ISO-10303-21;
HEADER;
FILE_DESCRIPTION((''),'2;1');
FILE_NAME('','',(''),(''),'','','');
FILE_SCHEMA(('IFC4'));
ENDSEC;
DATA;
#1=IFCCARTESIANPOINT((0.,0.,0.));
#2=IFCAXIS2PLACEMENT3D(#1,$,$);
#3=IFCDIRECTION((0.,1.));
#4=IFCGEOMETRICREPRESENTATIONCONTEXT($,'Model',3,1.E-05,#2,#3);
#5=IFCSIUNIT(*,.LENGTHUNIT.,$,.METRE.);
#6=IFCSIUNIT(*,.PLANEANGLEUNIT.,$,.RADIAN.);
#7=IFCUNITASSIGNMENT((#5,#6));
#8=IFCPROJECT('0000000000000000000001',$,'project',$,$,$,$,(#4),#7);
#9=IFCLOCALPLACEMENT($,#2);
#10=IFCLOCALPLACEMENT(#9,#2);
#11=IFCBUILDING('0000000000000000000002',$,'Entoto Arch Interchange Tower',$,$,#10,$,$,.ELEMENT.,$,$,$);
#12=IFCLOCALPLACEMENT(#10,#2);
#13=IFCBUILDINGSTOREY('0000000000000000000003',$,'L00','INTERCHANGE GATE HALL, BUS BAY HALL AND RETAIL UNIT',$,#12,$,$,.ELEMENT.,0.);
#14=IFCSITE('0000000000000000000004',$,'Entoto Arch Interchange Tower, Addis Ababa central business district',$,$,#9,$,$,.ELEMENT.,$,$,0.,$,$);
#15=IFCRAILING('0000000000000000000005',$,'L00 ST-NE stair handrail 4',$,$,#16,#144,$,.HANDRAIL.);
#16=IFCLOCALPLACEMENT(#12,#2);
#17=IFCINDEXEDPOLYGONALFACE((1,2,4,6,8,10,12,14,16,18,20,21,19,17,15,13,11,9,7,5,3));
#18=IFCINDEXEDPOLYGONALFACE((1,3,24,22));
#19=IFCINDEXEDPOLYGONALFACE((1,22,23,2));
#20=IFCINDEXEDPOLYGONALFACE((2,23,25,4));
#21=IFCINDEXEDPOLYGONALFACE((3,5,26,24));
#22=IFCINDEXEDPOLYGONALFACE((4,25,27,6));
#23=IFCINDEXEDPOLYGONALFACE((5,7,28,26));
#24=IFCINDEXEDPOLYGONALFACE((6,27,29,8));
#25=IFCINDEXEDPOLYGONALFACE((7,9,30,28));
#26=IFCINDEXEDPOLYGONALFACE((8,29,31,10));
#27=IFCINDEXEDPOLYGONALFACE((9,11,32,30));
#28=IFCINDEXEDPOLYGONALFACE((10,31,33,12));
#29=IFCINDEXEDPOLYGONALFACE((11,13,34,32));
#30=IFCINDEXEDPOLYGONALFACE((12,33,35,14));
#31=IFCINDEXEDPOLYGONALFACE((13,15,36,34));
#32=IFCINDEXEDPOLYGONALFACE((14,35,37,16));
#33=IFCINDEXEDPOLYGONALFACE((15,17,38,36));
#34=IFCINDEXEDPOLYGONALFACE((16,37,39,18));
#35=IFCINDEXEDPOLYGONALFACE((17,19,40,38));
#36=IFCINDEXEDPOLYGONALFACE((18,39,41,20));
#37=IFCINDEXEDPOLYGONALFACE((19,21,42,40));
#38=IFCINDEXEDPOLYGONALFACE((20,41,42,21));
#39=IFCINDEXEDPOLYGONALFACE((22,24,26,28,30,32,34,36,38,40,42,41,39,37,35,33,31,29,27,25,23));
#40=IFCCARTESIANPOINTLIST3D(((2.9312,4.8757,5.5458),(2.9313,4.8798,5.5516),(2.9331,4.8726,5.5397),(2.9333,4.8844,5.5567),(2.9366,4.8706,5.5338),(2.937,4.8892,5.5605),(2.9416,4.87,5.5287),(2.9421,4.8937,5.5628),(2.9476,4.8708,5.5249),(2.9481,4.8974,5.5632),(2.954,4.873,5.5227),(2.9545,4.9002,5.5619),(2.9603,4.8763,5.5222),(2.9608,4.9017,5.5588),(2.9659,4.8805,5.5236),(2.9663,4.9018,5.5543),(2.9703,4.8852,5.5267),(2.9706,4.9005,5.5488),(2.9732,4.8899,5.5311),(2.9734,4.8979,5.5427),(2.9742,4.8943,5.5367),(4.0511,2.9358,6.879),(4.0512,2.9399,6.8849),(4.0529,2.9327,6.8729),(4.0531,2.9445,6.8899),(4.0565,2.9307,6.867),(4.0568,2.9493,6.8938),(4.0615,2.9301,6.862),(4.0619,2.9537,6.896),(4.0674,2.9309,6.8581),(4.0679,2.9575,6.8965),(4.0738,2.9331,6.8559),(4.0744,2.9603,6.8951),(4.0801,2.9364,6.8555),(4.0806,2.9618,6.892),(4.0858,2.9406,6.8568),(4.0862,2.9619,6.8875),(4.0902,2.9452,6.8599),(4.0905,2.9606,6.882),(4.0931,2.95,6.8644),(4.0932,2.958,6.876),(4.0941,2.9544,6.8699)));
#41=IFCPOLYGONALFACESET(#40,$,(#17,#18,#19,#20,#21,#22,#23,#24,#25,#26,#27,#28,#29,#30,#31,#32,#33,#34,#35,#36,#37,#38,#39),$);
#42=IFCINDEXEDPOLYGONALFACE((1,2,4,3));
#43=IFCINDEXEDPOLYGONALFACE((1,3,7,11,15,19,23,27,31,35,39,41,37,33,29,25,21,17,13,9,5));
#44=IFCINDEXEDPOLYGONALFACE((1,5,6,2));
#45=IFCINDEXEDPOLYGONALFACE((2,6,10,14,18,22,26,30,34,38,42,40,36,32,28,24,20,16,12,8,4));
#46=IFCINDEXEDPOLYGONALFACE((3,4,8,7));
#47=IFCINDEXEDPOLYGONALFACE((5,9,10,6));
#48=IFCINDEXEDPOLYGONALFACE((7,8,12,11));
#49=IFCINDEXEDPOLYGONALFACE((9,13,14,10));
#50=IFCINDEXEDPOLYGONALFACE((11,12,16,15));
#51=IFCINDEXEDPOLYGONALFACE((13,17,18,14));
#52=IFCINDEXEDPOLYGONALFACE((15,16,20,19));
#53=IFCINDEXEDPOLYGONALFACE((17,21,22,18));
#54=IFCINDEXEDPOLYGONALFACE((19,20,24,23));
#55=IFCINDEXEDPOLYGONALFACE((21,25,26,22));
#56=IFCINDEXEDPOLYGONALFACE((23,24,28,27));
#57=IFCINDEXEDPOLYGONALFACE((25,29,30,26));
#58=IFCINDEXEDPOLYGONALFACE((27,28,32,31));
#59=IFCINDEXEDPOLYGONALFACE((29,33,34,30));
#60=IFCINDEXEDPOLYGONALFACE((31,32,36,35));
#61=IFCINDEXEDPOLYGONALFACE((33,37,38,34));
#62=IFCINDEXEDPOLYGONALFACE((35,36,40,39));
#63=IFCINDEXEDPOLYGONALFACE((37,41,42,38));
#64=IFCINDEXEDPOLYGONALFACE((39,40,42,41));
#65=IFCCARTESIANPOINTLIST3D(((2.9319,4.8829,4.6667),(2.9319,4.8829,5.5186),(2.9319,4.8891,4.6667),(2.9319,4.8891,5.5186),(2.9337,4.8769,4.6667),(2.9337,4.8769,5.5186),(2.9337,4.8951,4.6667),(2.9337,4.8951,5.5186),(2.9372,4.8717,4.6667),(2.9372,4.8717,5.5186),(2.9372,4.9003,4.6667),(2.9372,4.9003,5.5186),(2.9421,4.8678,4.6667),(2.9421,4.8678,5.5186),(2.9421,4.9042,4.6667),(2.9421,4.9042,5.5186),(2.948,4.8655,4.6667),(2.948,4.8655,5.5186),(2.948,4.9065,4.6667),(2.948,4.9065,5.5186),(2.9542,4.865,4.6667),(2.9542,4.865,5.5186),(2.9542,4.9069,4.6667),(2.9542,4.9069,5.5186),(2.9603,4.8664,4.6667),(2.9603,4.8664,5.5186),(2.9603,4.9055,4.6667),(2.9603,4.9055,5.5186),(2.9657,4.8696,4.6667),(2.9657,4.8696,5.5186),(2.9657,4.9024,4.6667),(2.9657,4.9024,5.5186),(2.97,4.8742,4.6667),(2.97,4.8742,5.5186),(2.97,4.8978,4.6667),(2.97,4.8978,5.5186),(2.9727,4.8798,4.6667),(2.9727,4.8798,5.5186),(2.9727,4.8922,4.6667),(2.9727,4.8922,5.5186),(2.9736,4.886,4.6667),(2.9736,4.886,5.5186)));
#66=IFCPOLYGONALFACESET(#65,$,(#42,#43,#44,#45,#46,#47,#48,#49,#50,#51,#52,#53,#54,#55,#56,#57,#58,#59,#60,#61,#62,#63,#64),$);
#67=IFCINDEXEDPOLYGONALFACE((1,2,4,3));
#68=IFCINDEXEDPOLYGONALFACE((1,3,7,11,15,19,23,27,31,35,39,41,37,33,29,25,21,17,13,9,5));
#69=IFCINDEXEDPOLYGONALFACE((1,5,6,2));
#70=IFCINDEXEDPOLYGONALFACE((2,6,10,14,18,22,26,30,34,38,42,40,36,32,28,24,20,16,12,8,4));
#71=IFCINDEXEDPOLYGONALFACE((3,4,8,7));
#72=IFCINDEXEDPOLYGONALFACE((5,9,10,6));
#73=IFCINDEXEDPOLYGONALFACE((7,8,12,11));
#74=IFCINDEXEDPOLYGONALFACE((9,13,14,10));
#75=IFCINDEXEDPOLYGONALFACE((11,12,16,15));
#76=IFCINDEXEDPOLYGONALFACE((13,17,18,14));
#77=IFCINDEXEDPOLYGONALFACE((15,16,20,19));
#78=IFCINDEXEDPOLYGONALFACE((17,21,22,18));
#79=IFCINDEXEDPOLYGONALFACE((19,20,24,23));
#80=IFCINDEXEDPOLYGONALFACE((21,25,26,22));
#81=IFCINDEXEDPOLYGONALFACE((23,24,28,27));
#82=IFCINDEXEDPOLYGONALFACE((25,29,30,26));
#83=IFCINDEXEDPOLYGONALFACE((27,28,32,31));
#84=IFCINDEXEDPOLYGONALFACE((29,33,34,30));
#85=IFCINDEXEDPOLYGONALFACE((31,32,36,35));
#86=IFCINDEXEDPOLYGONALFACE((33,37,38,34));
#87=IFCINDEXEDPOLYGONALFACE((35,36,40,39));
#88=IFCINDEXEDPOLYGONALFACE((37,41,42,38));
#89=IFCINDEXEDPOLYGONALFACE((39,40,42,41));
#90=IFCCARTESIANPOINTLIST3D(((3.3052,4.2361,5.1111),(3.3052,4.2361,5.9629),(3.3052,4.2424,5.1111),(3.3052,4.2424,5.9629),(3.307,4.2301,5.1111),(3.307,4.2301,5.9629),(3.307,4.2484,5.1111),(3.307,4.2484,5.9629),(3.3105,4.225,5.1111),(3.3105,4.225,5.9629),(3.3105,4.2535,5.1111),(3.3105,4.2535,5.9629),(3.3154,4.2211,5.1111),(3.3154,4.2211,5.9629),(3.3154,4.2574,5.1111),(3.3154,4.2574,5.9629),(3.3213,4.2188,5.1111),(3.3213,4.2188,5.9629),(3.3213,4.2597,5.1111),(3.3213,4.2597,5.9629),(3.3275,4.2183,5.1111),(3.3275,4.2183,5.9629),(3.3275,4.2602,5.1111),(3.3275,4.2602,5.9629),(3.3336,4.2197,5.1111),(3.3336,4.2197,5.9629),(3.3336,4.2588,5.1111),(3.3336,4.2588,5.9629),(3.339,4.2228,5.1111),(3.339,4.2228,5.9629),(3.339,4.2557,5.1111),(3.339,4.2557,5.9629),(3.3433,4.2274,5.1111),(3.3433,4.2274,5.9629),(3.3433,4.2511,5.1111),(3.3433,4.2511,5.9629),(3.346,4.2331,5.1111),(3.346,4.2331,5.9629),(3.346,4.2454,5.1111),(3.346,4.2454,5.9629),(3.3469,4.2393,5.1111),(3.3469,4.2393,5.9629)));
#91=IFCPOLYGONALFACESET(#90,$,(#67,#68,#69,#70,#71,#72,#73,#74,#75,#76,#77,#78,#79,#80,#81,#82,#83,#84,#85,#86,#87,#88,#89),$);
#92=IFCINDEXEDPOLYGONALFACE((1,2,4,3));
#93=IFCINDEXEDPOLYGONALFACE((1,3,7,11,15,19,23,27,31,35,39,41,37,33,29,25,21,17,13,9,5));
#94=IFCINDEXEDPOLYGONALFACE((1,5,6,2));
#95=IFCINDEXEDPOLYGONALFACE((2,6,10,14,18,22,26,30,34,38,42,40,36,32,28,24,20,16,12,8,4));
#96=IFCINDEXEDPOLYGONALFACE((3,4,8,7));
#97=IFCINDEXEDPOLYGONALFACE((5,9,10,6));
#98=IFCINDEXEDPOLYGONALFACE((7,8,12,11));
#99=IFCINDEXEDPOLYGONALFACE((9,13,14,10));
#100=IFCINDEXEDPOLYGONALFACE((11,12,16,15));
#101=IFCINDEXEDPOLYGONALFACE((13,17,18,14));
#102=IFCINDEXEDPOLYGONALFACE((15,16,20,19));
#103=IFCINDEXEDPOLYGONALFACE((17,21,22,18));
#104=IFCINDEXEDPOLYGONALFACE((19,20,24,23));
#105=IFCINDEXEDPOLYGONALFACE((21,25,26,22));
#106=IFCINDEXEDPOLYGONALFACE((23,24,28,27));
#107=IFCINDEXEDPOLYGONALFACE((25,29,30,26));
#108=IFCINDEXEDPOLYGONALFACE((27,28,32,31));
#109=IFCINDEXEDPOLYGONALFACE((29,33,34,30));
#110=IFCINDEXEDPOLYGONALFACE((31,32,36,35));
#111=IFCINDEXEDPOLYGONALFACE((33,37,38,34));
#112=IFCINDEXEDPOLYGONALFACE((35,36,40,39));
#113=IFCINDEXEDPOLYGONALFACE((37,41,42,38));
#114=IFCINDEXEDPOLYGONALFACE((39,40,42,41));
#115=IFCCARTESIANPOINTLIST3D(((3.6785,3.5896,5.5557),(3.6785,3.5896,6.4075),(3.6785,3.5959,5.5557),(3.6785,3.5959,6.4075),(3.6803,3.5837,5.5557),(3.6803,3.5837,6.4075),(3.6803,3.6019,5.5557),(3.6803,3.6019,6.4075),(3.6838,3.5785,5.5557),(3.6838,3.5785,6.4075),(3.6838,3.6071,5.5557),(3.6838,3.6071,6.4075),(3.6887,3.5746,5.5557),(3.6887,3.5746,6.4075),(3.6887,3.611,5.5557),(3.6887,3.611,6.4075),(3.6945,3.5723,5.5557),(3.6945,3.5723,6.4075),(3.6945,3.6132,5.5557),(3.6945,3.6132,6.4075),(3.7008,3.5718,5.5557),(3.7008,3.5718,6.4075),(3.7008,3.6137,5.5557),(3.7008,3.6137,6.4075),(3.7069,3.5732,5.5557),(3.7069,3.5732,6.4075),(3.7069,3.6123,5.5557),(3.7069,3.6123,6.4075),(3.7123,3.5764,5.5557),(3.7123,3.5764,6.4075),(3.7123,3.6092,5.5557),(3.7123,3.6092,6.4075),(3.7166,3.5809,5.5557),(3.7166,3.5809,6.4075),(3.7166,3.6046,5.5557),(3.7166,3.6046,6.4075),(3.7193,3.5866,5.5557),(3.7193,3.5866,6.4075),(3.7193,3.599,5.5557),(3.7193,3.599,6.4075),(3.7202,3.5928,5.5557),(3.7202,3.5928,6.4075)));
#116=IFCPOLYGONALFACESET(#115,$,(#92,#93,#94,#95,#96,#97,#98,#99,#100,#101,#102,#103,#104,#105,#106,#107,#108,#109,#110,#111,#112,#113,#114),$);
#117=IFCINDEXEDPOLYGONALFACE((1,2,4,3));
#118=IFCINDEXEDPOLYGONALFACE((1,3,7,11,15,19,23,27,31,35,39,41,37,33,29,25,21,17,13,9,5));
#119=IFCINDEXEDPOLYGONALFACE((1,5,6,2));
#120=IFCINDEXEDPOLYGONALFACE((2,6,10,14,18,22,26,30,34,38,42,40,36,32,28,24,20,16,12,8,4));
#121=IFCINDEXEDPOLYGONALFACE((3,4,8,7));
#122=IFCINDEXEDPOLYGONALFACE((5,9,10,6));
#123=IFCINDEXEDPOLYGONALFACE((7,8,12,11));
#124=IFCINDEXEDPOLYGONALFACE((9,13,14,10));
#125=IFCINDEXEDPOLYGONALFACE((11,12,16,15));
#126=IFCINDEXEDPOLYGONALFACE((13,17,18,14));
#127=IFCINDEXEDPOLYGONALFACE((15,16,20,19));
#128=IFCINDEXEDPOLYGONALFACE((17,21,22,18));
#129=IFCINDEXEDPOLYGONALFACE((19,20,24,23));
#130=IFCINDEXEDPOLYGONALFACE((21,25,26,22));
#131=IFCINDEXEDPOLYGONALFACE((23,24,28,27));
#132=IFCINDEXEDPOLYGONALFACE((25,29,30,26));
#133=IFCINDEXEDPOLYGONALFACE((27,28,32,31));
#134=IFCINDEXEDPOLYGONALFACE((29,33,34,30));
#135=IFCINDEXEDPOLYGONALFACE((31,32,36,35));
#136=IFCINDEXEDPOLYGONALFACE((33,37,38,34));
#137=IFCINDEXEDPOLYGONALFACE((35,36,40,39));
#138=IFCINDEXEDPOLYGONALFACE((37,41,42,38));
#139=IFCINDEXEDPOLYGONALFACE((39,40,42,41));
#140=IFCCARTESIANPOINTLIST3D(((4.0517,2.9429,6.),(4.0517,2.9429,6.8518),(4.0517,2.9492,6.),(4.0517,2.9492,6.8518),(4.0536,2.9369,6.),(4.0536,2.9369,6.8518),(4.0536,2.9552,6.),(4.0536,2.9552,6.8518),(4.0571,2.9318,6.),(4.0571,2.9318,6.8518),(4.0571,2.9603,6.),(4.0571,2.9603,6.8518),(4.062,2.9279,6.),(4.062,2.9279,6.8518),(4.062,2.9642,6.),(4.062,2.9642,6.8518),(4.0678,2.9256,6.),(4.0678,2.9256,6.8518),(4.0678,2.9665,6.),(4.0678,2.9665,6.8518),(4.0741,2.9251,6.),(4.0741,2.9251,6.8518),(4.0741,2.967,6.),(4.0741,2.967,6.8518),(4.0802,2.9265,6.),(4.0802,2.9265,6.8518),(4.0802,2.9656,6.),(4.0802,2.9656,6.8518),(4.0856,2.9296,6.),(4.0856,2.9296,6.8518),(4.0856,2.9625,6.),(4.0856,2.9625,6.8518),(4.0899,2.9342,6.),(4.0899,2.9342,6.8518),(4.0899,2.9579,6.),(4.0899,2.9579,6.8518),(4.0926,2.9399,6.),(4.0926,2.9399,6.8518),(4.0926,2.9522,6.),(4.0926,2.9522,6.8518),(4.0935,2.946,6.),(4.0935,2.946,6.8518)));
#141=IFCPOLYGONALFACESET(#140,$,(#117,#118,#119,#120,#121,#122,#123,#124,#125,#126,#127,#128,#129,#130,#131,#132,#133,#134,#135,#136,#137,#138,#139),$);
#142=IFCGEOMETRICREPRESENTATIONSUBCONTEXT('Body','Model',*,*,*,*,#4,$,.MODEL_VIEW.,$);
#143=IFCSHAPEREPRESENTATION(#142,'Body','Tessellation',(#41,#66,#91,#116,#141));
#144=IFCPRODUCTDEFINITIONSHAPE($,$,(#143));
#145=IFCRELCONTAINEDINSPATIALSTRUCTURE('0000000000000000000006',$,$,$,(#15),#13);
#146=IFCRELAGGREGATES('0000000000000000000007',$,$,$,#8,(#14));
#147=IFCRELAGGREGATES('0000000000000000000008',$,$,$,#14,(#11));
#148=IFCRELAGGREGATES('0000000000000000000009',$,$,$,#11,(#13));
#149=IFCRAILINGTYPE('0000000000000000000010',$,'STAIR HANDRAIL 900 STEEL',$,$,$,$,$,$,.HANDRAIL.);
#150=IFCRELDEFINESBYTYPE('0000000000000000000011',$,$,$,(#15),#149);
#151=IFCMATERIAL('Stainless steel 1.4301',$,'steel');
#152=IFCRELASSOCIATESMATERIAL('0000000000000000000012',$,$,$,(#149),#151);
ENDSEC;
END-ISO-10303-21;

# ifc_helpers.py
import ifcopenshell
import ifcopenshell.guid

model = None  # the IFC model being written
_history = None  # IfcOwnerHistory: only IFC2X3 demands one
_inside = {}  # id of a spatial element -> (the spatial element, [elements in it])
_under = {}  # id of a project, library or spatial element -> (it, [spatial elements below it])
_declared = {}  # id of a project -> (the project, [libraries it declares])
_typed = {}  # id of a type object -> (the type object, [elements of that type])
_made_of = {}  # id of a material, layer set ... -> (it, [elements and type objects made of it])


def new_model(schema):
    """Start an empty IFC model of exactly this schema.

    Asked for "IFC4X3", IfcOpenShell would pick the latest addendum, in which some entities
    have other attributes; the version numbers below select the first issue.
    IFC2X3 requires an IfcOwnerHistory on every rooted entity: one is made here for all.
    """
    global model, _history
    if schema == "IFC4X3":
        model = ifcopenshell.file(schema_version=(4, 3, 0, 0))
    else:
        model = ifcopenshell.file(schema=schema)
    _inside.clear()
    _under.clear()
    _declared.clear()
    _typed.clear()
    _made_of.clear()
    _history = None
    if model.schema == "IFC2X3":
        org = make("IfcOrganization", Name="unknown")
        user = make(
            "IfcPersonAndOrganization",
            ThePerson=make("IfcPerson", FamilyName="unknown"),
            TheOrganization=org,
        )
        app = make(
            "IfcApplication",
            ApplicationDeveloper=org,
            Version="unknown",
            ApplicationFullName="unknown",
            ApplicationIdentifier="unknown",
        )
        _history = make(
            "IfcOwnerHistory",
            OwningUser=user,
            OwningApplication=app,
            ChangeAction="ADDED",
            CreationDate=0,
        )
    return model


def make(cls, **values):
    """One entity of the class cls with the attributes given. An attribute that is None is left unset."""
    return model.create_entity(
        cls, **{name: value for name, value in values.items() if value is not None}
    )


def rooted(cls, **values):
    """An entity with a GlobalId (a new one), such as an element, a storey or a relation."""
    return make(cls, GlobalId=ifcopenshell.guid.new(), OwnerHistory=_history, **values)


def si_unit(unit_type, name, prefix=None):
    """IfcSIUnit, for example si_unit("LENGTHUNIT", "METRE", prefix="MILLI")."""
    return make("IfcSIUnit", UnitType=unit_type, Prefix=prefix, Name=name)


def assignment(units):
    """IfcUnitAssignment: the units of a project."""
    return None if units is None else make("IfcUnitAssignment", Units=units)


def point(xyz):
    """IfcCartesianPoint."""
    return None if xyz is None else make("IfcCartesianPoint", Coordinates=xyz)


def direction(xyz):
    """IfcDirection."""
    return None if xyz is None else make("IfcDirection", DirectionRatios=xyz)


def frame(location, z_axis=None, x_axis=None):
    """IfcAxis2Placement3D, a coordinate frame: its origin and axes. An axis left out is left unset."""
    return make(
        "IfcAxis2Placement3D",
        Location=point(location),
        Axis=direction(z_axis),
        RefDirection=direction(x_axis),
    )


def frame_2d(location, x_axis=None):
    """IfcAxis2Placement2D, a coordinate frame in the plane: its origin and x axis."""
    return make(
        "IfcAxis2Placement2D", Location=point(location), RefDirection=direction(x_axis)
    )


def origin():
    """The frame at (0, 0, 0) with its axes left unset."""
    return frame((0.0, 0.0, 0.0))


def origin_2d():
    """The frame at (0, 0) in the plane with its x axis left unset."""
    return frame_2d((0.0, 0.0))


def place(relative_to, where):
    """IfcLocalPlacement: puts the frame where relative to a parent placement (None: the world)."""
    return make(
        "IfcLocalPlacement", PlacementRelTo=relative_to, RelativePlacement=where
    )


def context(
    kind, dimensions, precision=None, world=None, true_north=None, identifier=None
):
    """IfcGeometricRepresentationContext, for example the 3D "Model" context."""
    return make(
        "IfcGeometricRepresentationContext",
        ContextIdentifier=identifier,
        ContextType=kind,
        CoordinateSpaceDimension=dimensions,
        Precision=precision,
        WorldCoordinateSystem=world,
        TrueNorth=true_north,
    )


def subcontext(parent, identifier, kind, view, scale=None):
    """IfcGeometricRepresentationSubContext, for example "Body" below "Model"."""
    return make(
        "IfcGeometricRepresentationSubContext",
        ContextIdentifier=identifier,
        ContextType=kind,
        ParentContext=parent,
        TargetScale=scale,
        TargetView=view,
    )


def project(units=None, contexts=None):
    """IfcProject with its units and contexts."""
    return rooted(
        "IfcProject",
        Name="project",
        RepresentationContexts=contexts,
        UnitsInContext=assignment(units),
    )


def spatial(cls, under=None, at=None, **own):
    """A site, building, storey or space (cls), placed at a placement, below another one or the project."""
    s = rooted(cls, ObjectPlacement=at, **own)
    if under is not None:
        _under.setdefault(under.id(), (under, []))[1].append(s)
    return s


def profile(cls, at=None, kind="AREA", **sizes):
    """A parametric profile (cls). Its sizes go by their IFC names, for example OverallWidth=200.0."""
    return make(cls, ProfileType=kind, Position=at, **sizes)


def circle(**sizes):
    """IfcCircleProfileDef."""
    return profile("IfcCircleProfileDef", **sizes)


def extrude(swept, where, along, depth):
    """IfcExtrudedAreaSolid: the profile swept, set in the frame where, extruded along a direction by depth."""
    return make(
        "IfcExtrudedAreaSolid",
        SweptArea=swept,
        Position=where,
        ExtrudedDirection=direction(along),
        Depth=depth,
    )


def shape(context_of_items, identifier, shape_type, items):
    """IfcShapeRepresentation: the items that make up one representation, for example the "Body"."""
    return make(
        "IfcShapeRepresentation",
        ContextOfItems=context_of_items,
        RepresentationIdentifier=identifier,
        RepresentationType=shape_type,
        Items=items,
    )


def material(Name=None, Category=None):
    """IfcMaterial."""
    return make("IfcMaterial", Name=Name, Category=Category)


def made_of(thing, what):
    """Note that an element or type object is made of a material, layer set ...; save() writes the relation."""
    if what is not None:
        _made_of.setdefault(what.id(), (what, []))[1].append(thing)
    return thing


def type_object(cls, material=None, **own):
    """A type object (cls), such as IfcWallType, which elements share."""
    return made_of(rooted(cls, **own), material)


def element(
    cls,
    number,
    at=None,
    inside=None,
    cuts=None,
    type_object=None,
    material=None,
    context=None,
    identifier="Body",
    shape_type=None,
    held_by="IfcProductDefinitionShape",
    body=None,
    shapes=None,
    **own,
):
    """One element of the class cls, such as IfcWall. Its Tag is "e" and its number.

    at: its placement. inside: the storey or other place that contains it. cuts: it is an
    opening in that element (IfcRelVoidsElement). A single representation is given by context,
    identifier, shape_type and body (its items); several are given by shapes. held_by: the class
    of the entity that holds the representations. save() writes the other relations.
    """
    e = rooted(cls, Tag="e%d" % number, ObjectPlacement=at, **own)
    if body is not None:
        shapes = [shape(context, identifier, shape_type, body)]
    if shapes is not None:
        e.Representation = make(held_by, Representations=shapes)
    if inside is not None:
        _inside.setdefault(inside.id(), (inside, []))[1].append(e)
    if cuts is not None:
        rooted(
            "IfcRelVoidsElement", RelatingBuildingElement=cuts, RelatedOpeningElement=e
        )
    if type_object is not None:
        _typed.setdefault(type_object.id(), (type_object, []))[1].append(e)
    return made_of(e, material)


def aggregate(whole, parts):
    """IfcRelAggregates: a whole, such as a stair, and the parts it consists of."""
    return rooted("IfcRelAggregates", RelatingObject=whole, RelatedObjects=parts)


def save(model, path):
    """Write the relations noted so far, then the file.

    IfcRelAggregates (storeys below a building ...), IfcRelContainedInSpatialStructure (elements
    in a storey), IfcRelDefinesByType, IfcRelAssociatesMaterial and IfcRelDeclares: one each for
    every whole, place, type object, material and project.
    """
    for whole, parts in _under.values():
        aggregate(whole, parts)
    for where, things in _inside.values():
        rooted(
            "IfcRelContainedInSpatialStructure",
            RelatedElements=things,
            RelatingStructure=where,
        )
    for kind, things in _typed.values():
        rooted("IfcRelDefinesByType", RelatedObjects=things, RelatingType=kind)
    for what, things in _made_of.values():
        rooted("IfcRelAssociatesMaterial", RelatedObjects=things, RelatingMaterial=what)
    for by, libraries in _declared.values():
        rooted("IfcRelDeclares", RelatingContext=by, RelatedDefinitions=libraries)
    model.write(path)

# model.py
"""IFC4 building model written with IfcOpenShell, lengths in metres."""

from ifc_helpers import new_model, si_unit, direction, frame, origin, origin_2d, place, context, subcontext, project, spatial, circle, extrude, material, type_object, element, save


model = new_model("IFC4")

# Units and contexts
model_context = context("Model", 3, precision=1e-05, world=origin(), true_north=direction((0.0, 1.0)))
body_context = subcontext(model_context, "Body", "Model", "MODEL_VIEW")
ifc_project = project(units=[si_unit("LENGTHUNIT", "METRE"), si_unit("PLANEANGLEUNIT", "RADIAN")], contexts=[model_context])

# Site, building, storey
site_placement = place(None, origin())
site = spatial("IfcSite", under=ifc_project, at=site_placement, Name="Entoto Arch Interchange Tower, Addis Ababa central business district", CompositionType="ELEMENT", RefElevation=0.0)
building_placement = place(site_placement, origin())
building = spatial("IfcBuilding", under=site, at=building_placement, Name="Entoto Arch Interchange Tower", CompositionType="ELEMENT")
storey_placement = place(building_placement, origin())
storey = spatial("IfcBuildingStorey", under=building, at=storey_placement, Name="L00", Description="INTERCHANGE GATE HALL, BUS BAY HALL AND RETAIL UNIT", CompositionType="ELEMENT", Elevation=0.0)

# Railing
ifc_material_1 = material(Name="Stainless steel 1.4301", Category="steel")
railing_type_1 = type_object("IfcRailingType", Name="STAIR HANDRAIL 900 STEEL", PredefinedType="HANDRAIL", material=ifc_material_1)
railing_1_placement = place(storey_placement, frame((2.9526, 4.886, 4.6667)))
element("IfcRailing", 1, at=railing_1_placement, inside=storey, type_object=railing_type_1, Name="L00 ST-NE stair handrail 4", PredefinedType="HANDRAIL", context=body_context, shape_type="SweptSolid", body=[
    extrude(circle(Radius=0.0239, at=origin_2d()), frame((0.0, 0.0, 0.876), z_axis=(0.429608, -0.744205, 0.511465), x_axis=(0.866055, 0.499949, 0.0)), (0.0, 0.0, 1.0), 2.6067),
    extrude(circle(Radius=0.021, at=origin_2d()), origin(), (0.0, 0.0, 1.0), 0.8518),
    extrude(circle(Radius=0.021, at=origin_2d()), frame((0.3733, -0.6467, 0.4443)), (0.0, 0.0, 1.0), 0.8518),
    extrude(circle(Radius=0.021, at=origin_2d()), frame((0.7466, -1.2932, 0.8889)), (0.0, 0.0, 1.0), 0.8518),
    extrude(circle(Radius=0.021, at=origin_2d()), frame((1.1199, -1.9399, 1.3333)), (0.0, 0.0, 1.0), 0.8518),
])

save(model, "model.ifc")
